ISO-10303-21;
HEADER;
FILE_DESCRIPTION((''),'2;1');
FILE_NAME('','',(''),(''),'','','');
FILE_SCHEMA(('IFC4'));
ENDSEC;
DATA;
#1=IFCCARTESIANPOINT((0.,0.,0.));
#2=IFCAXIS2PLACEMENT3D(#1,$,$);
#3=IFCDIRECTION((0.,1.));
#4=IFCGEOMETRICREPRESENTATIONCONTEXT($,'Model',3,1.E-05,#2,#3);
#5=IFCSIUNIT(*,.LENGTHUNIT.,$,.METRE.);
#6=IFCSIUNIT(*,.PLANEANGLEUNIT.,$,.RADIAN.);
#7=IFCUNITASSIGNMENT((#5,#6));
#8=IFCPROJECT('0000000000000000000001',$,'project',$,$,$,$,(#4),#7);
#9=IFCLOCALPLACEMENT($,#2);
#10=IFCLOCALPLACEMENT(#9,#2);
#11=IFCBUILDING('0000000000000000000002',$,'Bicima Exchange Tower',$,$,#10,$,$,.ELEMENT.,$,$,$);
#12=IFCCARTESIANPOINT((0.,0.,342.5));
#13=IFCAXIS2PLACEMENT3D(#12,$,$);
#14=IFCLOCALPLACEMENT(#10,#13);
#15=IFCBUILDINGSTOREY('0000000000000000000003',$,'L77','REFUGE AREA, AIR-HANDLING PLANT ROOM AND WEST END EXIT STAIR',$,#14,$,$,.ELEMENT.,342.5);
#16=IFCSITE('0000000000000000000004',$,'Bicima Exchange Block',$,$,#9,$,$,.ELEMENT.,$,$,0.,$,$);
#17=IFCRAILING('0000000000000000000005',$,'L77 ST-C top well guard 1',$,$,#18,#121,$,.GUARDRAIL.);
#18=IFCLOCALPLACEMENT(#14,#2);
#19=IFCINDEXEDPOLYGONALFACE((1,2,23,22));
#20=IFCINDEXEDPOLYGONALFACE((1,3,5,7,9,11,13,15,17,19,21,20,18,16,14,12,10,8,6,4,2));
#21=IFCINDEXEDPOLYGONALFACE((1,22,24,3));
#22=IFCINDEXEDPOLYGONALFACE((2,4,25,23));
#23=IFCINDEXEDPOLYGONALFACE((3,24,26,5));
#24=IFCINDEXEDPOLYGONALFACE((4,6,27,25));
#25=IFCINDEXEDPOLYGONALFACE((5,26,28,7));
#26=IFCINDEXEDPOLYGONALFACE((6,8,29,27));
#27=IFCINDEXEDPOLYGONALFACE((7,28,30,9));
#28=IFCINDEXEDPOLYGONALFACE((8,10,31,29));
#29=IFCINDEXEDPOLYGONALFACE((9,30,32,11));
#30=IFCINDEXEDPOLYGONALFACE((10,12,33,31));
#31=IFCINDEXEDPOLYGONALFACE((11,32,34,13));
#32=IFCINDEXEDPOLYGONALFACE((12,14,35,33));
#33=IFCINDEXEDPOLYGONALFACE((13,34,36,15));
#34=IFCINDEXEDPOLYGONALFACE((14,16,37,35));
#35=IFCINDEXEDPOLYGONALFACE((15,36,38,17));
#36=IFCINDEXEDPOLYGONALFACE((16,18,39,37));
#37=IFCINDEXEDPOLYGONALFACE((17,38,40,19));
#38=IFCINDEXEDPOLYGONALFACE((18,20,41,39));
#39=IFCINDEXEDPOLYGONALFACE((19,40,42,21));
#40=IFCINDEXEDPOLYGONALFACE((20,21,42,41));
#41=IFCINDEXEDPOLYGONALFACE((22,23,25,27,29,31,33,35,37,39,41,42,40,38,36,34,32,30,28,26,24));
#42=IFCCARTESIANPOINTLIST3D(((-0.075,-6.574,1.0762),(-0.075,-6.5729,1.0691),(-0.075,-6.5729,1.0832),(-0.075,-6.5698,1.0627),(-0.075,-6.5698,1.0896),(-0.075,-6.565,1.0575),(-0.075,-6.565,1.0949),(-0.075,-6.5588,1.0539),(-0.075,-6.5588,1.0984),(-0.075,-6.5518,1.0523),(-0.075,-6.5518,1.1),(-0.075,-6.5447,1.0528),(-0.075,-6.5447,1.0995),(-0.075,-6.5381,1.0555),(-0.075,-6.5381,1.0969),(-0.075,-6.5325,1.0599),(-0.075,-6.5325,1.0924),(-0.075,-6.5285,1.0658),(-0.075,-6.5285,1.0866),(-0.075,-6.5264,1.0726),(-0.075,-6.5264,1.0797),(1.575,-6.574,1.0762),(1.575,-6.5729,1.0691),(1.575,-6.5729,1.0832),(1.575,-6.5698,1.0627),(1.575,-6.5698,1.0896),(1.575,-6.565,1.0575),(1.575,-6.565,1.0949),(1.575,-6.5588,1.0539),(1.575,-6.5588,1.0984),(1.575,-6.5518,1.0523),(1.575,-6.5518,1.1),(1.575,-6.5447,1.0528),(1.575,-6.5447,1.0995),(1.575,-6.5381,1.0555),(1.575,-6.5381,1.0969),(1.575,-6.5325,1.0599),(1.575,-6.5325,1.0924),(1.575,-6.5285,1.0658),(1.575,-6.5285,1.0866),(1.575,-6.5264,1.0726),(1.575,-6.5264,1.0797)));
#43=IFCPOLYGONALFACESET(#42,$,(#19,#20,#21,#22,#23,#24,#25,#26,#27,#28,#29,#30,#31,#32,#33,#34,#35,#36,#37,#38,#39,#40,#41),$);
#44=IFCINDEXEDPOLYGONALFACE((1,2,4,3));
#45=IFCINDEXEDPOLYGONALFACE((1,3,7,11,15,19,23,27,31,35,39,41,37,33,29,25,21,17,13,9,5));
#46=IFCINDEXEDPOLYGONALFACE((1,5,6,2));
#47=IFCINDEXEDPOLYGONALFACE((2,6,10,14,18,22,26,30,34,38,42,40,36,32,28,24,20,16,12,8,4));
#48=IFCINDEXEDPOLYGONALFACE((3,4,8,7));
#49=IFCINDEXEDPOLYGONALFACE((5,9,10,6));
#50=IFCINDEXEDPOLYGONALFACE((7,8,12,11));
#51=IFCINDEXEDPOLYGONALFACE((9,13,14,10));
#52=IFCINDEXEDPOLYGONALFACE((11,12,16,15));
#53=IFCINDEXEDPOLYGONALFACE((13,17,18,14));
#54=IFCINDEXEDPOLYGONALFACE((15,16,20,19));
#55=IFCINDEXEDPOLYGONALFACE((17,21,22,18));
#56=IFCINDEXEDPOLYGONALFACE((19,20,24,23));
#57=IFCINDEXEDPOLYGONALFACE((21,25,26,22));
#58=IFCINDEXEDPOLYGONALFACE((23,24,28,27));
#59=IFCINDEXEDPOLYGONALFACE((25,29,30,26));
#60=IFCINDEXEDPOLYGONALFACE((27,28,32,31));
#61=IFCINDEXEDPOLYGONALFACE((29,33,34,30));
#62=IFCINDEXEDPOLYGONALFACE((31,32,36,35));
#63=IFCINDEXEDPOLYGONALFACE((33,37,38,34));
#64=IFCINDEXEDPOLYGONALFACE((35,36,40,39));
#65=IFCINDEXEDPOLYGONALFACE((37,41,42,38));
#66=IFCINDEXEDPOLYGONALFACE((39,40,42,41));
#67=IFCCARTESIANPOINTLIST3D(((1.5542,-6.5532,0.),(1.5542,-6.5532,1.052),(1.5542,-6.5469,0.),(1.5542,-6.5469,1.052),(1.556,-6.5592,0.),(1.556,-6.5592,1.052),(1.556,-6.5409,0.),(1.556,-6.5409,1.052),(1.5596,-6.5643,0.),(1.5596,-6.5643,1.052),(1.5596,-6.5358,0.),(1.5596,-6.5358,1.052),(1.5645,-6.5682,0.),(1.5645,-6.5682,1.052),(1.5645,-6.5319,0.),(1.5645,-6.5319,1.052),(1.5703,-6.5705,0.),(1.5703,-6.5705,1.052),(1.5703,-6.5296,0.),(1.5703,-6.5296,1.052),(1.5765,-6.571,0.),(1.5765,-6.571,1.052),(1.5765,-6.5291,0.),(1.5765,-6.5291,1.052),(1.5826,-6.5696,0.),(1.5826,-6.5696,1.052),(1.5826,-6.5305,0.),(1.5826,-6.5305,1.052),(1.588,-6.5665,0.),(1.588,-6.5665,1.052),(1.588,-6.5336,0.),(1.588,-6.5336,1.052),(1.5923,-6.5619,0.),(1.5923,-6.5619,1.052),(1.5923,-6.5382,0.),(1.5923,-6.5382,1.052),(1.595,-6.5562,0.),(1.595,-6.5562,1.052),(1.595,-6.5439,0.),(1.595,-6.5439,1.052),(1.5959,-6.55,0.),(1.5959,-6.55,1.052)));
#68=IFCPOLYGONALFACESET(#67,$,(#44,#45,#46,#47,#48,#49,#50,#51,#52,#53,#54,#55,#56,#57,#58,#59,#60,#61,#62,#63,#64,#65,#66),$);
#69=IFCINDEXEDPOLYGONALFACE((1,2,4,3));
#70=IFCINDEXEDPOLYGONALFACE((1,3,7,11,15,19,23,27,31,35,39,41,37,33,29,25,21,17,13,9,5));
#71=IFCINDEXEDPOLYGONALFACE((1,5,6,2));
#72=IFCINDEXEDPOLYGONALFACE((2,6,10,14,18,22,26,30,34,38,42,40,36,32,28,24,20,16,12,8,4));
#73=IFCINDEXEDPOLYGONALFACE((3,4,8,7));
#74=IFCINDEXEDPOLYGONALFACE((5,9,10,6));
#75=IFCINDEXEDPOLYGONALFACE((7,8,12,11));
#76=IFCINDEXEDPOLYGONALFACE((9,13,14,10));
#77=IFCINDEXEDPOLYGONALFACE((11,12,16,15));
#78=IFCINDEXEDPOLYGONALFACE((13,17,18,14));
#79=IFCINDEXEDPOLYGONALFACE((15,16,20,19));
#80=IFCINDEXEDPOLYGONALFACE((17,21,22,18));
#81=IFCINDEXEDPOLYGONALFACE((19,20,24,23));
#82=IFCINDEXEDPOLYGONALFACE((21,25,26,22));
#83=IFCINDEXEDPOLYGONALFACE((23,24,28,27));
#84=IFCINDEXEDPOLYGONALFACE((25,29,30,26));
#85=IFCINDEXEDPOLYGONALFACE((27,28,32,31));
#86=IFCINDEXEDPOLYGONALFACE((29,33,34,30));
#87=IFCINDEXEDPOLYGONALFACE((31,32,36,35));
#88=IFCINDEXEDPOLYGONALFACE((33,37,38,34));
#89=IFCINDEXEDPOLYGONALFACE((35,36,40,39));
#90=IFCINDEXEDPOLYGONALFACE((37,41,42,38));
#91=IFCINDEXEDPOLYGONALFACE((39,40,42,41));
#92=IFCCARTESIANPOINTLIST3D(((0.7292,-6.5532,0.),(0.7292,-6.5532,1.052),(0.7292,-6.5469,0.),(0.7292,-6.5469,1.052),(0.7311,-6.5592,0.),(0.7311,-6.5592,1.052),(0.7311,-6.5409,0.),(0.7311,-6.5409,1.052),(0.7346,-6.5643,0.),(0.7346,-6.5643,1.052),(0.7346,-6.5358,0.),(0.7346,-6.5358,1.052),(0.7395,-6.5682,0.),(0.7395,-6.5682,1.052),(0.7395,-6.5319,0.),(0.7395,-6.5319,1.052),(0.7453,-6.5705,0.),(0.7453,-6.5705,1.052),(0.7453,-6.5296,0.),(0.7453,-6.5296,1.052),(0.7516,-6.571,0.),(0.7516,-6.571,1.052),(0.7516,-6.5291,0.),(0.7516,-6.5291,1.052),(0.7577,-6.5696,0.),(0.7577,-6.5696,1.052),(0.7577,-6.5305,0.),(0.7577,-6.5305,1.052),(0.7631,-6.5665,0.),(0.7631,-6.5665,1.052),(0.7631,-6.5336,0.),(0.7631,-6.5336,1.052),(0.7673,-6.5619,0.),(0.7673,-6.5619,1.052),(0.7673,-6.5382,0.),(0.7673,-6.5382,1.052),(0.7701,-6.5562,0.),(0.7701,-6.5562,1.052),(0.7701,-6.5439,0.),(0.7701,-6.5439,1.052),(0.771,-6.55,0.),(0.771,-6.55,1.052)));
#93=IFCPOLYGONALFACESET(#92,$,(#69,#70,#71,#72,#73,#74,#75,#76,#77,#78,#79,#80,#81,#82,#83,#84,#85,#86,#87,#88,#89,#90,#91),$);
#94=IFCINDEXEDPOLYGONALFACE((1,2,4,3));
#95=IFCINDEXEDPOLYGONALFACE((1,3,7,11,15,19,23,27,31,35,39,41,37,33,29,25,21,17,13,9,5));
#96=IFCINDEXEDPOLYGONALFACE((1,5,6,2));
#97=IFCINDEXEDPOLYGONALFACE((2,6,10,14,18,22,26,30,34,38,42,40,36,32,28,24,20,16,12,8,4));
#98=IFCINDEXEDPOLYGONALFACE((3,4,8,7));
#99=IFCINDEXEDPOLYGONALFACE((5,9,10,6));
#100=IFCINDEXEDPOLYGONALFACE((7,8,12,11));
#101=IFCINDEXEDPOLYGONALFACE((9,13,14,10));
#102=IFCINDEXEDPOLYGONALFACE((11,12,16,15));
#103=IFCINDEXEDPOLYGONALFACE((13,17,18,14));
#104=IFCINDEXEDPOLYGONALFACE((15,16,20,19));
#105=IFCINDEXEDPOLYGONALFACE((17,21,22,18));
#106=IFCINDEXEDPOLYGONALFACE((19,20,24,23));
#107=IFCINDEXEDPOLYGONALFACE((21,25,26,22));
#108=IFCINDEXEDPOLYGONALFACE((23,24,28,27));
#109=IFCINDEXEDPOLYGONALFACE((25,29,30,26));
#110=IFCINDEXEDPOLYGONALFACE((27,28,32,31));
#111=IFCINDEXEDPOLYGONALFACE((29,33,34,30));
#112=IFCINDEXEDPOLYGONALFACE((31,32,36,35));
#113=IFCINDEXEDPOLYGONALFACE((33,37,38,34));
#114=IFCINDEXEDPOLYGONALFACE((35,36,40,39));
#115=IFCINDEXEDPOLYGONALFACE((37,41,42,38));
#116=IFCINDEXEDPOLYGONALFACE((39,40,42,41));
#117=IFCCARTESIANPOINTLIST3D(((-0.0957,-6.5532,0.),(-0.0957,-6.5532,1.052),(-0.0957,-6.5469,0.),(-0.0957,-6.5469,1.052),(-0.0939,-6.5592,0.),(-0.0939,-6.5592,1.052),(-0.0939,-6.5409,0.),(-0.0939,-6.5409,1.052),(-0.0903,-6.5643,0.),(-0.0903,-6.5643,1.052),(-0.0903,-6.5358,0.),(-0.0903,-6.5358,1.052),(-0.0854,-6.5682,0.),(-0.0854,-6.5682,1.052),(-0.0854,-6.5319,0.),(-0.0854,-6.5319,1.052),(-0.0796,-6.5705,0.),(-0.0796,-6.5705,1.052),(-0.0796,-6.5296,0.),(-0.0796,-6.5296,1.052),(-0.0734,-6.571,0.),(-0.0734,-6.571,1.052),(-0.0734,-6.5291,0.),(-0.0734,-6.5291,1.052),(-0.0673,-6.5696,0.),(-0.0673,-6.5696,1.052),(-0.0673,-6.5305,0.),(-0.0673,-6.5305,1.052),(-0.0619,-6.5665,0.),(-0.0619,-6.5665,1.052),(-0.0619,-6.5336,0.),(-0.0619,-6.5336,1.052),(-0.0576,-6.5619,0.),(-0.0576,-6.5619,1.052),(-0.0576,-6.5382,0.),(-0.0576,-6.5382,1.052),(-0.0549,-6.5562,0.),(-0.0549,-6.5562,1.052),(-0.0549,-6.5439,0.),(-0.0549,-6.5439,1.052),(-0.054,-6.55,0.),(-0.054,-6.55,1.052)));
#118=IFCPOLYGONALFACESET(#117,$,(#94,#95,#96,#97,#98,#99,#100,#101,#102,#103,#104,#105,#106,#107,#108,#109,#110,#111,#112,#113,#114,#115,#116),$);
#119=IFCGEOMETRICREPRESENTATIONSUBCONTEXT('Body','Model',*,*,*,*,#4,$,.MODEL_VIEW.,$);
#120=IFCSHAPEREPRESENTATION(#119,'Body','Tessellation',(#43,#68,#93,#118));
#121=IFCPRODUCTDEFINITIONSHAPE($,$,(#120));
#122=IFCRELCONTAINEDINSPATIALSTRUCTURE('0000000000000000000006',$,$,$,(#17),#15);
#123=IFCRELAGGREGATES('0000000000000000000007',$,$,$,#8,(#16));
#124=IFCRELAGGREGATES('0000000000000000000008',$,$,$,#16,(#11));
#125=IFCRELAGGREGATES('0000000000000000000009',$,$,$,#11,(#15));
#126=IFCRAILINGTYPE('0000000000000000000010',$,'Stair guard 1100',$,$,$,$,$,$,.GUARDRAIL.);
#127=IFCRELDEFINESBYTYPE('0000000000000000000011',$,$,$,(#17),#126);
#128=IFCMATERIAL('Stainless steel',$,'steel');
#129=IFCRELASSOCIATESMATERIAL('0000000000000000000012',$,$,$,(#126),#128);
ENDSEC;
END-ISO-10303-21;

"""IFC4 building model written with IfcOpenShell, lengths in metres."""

from ifc_helpers import new_model, si_unit, direction, frame, origin, origin_2d, place, context, subcontext, project, spatial, circle, extrude, material, type_object, element, save


model = new_model("IFC4")

# Units and contexts
model_context = context("Model", 3, precision=1e-05, world=origin(), true_north=direction((0.0, 1.0)))
body_context = subcontext(model_context, "Body", "Model", "MODEL_VIEW")
ifc_project = project(units=[si_unit("LENGTHUNIT", "METRE"), si_unit("PLANEANGLEUNIT", "RADIAN")], contexts=[model_context])

# Site, building, storey
site_placement = place(None, origin())
site = spatial("IfcSite", under=ifc_project, at=site_placement, Name="Bicima Exchange Block", CompositionType="ELEMENT", RefElevation=0.0)
building_placement = place(site_placement, origin())
building = spatial("IfcBuilding", under=site, at=building_placement, Name="Bicima Exchange Tower", CompositionType="ELEMENT")
storey_placement = place(building_placement, frame((0.0, 0.0, 342.5)))
storey = spatial("IfcBuildingStorey", under=building, at=storey_placement, Name="L77", Description="REFUGE AREA, AIR-HANDLING PLANT ROOM AND WEST END EXIT STAIR", CompositionType="ELEMENT", Elevation=342.5)

# Shared definitions
ifc_material_1 = material(Name="Stainless steel", Category="steel")

# Railing
railing_type = type_object("IfcRailingType", Name="Stair guard 1100", PredefinedType="GUARDRAIL", material=ifc_material_1)
railing_placement = place(storey_placement, frame((1.575, -6.55, 0.0)))
element("IfcRailing", 1, at=railing_placement, inside=storey, type_object=railing_type, Name="L77 ST-C top well guard 1", PredefinedType="GUARDRAIL", context=body_context, shape_type="SweptSolid", body=[
    extrude(circle(Radius=0.0239, at=origin_2d()), frame((0.0, 0.0, 1.0762), z_axis=(-1.0, 0.0, 0.0), x_axis=(0.0, -1.0, 0.0)), (0.0, 0.0, 1.0), 1.6499),
    extrude(circle(Radius=0.021, at=origin_2d()), origin(), (0.0, 0.0, 1.0), 1.052),
    extrude(circle(Radius=0.021, at=origin_2d()), frame((-0.825, 0.0, 0.0)), (0.0, 0.0, 1.0), 1.052),
    extrude(circle(Radius=0.021, at=origin_2d()), frame((-1.6499, 0.0, 0.0)), (0.0, 0.0, 1.0), 1.052),
])

save(model, "model.ifc")
